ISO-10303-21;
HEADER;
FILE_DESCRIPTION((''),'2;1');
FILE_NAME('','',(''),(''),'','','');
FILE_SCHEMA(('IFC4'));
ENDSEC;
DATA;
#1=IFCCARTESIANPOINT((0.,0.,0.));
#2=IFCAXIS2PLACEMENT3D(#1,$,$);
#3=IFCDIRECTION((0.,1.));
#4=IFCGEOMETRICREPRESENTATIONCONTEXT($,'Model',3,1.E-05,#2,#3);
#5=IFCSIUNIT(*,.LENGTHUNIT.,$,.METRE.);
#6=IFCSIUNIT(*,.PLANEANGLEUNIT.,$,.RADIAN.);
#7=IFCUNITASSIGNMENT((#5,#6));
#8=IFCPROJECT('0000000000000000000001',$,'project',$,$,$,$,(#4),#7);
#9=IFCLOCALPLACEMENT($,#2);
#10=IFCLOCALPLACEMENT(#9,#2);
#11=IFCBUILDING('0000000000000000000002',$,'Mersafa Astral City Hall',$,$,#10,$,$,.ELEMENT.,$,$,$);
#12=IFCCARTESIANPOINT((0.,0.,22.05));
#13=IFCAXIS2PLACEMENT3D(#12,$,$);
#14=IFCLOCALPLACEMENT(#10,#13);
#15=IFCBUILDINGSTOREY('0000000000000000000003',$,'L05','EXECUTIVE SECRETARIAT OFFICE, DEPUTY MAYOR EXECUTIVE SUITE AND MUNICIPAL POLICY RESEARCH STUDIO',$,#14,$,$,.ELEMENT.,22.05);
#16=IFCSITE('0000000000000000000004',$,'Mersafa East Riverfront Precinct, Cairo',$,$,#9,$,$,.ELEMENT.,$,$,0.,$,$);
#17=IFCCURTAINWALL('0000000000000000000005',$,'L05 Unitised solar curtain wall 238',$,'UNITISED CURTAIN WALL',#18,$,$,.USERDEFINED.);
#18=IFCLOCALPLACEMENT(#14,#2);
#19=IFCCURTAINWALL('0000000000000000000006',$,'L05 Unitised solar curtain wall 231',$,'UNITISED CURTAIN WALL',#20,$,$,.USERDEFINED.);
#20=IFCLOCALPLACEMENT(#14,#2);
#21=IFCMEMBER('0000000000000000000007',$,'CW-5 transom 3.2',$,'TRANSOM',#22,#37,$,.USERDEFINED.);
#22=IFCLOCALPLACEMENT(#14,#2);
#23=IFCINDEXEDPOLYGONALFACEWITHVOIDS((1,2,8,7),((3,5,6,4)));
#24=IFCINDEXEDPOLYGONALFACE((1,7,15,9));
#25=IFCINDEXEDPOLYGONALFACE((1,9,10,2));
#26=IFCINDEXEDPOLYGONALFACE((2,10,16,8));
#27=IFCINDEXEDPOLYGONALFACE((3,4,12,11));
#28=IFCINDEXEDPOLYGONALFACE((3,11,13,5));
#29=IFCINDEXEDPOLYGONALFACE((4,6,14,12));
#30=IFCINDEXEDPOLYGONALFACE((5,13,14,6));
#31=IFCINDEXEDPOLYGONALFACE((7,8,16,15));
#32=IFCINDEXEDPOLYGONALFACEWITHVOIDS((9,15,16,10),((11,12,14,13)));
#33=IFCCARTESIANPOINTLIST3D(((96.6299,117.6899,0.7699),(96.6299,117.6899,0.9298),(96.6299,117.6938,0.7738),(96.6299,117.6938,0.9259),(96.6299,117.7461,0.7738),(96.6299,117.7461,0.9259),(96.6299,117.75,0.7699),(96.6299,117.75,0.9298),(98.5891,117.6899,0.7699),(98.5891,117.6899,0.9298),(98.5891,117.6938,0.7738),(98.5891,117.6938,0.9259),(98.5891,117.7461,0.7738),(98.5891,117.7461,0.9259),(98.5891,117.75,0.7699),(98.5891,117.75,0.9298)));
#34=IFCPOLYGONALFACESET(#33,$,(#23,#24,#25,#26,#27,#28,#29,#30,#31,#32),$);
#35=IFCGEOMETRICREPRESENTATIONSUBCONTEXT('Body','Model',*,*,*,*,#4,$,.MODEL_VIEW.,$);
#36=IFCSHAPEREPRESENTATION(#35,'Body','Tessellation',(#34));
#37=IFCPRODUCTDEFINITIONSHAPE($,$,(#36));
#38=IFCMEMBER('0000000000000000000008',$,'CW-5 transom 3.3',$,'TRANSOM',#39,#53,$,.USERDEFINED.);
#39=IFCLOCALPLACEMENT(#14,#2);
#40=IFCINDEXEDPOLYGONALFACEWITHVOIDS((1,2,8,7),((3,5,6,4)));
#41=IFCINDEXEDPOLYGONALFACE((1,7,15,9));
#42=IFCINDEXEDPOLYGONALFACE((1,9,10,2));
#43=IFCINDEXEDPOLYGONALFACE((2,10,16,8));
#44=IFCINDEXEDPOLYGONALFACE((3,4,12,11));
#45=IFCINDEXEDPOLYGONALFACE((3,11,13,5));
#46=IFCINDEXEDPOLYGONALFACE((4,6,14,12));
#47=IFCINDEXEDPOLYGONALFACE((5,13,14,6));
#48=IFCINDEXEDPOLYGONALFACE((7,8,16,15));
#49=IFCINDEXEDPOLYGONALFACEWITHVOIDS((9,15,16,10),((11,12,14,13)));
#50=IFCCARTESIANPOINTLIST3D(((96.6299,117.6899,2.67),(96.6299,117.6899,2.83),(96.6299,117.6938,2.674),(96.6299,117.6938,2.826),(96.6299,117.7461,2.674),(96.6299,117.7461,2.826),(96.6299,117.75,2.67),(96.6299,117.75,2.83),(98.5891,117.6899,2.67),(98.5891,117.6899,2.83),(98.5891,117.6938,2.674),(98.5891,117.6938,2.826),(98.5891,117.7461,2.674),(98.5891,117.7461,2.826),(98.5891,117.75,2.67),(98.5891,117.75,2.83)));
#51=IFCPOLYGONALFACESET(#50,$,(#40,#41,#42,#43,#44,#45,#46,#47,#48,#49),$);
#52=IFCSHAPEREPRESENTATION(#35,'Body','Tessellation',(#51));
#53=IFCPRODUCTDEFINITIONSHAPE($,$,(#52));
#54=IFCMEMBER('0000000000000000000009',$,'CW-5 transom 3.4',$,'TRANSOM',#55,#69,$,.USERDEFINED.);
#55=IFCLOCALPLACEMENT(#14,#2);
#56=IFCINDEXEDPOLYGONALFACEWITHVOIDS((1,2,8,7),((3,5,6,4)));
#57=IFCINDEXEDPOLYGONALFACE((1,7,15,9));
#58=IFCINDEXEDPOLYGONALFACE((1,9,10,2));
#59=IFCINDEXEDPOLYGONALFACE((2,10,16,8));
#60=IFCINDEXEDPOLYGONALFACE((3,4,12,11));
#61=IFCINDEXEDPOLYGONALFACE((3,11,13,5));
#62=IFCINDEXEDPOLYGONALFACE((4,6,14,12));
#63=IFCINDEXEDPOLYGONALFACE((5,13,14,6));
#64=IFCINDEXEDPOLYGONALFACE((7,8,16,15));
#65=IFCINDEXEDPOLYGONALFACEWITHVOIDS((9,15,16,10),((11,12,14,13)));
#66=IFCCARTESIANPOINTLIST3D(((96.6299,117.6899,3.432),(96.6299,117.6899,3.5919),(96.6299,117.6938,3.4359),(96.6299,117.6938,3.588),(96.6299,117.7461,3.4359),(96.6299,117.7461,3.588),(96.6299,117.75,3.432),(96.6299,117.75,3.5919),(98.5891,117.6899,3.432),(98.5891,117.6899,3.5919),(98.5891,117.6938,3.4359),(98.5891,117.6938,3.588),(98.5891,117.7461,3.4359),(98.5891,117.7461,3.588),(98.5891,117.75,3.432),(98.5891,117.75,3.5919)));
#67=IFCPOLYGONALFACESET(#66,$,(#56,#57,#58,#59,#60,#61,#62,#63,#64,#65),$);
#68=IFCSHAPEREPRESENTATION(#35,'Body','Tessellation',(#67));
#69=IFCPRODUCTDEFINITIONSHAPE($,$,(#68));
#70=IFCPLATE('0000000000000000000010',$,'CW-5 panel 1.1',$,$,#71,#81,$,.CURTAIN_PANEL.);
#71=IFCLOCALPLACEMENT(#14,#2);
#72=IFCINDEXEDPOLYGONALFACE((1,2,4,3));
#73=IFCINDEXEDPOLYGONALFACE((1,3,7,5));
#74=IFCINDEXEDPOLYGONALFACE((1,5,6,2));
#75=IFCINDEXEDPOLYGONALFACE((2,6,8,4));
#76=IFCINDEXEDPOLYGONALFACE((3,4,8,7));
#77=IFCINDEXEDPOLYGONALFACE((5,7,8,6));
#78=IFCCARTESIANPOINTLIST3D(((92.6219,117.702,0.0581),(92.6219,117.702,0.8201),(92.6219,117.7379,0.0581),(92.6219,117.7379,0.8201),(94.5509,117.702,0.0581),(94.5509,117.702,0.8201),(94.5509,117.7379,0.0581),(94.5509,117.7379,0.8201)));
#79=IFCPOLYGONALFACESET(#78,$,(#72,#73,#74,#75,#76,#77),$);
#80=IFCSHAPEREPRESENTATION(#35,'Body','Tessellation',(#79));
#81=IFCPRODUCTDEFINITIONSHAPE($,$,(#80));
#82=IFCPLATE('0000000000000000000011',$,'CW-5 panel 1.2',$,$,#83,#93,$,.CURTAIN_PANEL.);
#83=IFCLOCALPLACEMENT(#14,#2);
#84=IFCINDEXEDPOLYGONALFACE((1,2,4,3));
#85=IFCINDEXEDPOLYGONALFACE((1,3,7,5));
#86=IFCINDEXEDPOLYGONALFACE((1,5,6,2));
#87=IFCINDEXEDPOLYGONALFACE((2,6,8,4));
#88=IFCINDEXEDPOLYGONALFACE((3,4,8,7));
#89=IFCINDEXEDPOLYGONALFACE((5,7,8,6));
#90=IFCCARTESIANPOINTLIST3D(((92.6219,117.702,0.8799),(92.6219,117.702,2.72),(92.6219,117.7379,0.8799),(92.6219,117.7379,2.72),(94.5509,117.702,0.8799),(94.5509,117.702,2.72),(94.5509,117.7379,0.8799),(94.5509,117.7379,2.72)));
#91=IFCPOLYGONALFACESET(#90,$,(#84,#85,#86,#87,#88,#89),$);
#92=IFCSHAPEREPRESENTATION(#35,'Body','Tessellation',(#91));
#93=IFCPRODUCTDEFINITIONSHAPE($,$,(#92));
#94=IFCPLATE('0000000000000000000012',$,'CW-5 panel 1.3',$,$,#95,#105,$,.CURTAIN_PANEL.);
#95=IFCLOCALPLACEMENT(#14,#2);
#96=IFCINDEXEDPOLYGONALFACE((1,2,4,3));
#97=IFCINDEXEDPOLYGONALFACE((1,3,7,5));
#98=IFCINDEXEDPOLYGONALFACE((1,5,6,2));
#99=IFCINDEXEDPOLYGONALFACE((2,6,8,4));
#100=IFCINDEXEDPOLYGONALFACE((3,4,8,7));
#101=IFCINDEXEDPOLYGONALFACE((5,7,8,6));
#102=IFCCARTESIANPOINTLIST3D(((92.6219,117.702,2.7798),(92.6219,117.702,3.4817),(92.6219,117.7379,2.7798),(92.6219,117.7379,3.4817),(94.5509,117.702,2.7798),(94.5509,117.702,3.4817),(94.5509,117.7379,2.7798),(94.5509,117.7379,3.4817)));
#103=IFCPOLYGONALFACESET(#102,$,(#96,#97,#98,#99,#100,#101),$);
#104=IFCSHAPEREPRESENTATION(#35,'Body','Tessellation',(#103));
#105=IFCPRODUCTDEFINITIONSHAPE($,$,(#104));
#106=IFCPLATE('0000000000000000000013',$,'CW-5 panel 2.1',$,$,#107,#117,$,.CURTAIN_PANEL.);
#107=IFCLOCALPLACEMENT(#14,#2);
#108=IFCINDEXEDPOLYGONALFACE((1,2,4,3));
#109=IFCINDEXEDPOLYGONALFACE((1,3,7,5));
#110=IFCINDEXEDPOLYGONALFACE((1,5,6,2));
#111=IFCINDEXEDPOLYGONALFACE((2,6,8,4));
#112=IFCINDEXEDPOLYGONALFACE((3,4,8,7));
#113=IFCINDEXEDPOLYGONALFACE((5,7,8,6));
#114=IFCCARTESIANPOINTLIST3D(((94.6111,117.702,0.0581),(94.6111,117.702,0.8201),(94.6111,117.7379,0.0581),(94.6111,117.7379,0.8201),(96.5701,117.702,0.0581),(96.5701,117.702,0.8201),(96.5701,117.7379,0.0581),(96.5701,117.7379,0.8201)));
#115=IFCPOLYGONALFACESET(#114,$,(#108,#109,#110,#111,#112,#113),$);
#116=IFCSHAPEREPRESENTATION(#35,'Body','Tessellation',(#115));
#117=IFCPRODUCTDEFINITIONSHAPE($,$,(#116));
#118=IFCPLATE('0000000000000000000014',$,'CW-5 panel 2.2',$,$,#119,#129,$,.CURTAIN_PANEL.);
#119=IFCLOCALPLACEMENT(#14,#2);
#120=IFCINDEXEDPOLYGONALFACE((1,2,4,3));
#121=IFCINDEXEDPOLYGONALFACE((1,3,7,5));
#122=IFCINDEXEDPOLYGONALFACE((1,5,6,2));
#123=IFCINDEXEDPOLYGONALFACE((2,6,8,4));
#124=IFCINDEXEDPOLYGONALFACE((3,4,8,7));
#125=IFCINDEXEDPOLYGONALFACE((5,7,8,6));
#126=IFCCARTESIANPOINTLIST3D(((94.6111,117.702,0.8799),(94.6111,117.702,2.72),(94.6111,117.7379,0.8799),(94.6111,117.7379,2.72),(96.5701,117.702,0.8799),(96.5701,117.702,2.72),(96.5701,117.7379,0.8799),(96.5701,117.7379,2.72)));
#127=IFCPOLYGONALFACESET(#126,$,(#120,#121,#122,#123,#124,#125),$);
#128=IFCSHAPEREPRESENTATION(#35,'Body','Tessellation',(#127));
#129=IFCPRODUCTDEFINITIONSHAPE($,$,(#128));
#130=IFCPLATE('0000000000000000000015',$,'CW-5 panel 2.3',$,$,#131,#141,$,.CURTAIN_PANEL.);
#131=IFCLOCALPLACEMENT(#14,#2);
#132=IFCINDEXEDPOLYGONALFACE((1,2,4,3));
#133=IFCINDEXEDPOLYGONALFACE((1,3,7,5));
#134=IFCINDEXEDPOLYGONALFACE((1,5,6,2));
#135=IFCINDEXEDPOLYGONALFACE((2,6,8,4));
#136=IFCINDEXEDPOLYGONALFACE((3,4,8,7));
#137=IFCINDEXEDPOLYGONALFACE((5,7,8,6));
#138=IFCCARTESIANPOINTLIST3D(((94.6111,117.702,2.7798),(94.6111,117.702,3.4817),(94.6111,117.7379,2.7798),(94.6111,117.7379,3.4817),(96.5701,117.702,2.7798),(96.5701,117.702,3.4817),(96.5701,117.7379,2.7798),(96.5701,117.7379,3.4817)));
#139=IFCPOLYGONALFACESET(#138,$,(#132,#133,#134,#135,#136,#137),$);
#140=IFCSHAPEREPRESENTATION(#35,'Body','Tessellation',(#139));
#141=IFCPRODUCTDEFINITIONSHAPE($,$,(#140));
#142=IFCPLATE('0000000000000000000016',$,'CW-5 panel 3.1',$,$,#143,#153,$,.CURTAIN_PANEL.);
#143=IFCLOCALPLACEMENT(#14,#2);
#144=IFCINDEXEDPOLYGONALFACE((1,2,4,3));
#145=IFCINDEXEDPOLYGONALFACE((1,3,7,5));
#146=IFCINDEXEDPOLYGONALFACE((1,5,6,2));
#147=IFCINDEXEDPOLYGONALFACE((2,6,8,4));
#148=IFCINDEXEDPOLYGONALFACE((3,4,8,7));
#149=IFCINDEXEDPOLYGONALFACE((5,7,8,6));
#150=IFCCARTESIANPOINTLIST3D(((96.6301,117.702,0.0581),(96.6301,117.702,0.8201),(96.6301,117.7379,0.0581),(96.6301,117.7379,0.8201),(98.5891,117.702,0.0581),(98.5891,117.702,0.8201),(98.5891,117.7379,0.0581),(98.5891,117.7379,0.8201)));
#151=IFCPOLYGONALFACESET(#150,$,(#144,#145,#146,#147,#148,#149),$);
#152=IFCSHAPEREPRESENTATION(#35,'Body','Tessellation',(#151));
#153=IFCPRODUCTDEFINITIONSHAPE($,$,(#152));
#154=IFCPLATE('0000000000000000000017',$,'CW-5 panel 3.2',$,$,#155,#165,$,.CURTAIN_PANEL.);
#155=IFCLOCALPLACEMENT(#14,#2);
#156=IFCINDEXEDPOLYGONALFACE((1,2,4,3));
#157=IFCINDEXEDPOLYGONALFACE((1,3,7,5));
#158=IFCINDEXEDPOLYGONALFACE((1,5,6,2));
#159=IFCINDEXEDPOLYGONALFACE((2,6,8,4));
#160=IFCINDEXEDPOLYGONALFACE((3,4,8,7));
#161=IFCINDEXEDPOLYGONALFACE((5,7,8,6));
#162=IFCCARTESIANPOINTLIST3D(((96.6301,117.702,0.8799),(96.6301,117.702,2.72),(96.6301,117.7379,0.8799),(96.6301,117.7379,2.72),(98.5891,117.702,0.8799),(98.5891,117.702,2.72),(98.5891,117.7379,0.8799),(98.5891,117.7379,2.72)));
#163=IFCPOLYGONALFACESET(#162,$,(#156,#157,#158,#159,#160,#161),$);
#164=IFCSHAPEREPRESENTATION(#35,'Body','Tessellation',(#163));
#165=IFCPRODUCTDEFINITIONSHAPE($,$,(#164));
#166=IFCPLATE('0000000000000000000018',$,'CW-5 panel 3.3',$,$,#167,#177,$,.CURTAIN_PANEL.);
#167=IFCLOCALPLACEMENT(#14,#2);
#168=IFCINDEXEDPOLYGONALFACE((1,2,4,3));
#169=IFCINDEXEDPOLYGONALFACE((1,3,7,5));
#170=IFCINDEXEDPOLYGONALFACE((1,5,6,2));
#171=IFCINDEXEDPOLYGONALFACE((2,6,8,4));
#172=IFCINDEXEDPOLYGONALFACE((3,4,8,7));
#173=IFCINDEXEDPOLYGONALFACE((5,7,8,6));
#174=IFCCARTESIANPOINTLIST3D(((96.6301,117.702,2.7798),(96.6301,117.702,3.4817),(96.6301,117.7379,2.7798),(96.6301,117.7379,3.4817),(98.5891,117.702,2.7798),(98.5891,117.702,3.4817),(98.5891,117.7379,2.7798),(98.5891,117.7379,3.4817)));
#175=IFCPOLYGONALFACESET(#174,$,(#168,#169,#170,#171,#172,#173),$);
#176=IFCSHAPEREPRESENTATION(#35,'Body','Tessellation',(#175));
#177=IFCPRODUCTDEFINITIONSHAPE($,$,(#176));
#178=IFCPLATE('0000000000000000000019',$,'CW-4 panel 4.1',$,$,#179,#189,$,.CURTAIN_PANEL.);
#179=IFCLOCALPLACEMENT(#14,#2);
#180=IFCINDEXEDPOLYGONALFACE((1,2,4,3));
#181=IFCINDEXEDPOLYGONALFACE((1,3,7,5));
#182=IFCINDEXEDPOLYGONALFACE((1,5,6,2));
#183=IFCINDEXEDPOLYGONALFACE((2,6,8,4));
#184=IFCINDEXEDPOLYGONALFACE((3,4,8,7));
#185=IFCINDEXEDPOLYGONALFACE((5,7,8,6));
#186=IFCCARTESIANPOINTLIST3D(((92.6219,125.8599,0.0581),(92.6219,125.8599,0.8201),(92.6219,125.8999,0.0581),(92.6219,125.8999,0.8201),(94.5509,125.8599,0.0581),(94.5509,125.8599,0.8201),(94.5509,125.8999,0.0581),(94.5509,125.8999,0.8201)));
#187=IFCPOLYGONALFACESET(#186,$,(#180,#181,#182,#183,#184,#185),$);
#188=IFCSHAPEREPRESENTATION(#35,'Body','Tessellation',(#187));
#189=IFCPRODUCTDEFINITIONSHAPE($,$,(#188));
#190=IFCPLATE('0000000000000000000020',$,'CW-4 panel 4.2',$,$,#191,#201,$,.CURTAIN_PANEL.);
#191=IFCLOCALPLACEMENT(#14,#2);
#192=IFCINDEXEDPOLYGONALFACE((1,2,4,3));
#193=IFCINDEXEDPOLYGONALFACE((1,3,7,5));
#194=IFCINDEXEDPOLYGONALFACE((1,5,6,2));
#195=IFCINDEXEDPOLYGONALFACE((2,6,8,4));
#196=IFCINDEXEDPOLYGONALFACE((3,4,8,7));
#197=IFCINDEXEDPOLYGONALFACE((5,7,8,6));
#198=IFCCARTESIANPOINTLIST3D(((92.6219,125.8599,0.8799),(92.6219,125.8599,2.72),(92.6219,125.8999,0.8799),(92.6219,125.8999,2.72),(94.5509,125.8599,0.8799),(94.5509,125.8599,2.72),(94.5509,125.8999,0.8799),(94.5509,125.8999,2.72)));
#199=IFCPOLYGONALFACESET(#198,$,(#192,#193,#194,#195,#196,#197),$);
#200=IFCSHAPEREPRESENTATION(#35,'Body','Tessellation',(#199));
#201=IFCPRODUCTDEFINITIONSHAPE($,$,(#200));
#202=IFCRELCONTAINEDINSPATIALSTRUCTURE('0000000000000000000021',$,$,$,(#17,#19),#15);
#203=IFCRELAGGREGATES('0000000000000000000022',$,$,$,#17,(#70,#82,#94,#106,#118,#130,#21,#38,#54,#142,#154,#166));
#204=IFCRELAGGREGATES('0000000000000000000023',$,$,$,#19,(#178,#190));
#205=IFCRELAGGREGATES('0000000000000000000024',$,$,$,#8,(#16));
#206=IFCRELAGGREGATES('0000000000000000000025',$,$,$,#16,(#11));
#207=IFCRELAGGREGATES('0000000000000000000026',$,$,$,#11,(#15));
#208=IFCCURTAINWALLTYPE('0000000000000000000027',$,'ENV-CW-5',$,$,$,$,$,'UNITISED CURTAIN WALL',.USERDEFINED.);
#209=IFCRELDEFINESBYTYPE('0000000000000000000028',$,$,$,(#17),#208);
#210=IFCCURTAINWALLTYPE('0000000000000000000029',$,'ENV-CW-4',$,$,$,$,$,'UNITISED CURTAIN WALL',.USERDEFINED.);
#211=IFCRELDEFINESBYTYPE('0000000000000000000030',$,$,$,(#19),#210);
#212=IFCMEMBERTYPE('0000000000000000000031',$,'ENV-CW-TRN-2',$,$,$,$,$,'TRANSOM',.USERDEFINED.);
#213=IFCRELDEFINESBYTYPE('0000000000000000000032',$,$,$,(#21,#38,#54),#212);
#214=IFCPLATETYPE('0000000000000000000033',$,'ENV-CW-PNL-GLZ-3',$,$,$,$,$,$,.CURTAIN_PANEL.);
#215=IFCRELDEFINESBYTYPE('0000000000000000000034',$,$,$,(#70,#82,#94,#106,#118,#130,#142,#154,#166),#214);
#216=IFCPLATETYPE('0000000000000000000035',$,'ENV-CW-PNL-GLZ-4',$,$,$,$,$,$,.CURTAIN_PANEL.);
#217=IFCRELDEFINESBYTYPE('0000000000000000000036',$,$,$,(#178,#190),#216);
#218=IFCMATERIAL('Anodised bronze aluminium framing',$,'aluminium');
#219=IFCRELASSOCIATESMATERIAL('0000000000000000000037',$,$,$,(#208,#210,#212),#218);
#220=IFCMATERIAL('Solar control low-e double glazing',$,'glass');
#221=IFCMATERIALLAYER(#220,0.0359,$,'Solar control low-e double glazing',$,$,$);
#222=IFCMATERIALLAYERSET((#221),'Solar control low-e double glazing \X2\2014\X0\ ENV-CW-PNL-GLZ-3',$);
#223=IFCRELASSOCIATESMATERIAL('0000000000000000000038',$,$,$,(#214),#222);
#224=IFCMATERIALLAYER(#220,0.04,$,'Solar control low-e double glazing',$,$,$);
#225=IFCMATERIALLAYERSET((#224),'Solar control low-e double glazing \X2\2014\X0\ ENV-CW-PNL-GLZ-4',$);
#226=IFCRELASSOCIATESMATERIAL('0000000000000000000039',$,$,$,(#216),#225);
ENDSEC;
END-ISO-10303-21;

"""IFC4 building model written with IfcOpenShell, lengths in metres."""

from ifc_helpers import new_model, si_unit, direction, frame, origin, origin_2d, place, context, subcontext, project, spatial, rectangle, hollow_rectangle, extrude, material, layer, layer_set, material_profile, profile_set, type_object, element, aggregate, save


model = new_model("IFC4")

# Units and contexts
model_context = context("Model", 3, precision=1e-05, world=origin(), true_north=direction((0.0, 1.0)))
body_context = subcontext(model_context, "Body", "Model", "MODEL_VIEW")
ifc_project = project(units=[si_unit("LENGTHUNIT", "METRE"), si_unit("PLANEANGLEUNIT", "RADIAN")], contexts=[model_context])

# Site, building, storey
site_placement = place(None, origin())
site = spatial("IfcSite", under=ifc_project, at=site_placement, Name="Mersafa East Riverfront Precinct, Cairo", CompositionType="ELEMENT", RefElevation=0.0)
building_placement = place(site_placement, origin())
building = spatial("IfcBuilding", under=site, at=building_placement, Name="Mersafa Astral City Hall", CompositionType="ELEMENT")
storey_placement = place(building_placement, frame((0.0, 0.0, 22.05)))
storey = spatial("IfcBuildingStorey", under=building, at=storey_placement, Name="L05", Description="EXECUTIVE SECRETARIAT OFFICE, DEPUTY MAYOR EXECUTIVE SUITE AND MUNICIPAL POLICY RESEARCH STUDIO", CompositionType="ELEMENT", Elevation=22.05)

# Curtain wall
ifc_material_1 = material(Name="Anodised bronze aluminium framing", Category="aluminium")
curtain_wall_type_1 = type_object("IfcCurtainWallType", Name="ENV-CW-5", ElementType="UNITISED CURTAIN WALL", PredefinedType="USERDEFINED", material=ifc_material_1)
curtain_wall_1_placement = place(storey_placement, origin())
curtain_wall_1 = element("IfcCurtainWall", 1, at=curtain_wall_1_placement, inside=storey, type_object=curtain_wall_type_1, Name="L05 Unitised solar curtain wall 238", ObjectType="UNITISED CURTAIN WALL", PredefinedType="USERDEFINED")

# Curtain wall
curtain_wall_type_2 = type_object("IfcCurtainWallType", Name="ENV-CW-4", ElementType="UNITISED CURTAIN WALL", PredefinedType="USERDEFINED", material=ifc_material_1)
curtain_wall_2_placement = place(storey_placement, origin())
curtain_wall_2 = element("IfcCurtainWall", 2, at=curtain_wall_2_placement, inside=storey, type_object=curtain_wall_type_2, Name="L05 Unitised solar curtain wall 231", ObjectType="UNITISED CURTAIN WALL", PredefinedType="USERDEFINED")

# Members
ifc_material_profile_1 = material_profile(ifc_material_1, hollow_rectangle(XDim=0.0601, YDim=0.1599, WallThickness=0.0039, at=origin_2d()), Name="RHS 60x160x4")
ifc_profile_set_1 = profile_set([ifc_material_profile_1], Name="Anodised bronze aluminium framing")
member_type_1 = type_object("IfcMemberType", Name="ENV-CW-TRN-2", ElementType="TRANSOM", PredefinedType="USERDEFINED", material=ifc_profile_set_1)
member_1_placement = place(storey_placement, frame((96.6299, 117.72, 0.8499), z_axis=(1.0, 0.0, 0.0), x_axis=(0.0, 1.0, 0.0)))
member_1 = element("IfcMember", 3, at=member_1_placement, type_object=member_type_1, Name="CW-5 transom 3.2", ObjectType="TRANSOM", PredefinedType="USERDEFINED", context=body_context, shape_type="SweptSolid", body=[
    extrude(hollow_rectangle(XDim=0.0601, YDim=0.1599, WallThickness=0.0039, at=origin_2d()), origin(), (0.0, 0.0, 1.0), 1.9592),
])
member_2_placement = place(storey_placement, frame((96.6299, 117.72, 2.75), z_axis=(1.0, 0.0, 0.0), x_axis=(0.0, 1.0, 0.0)))
member_2 = element("IfcMember", 4, at=member_2_placement, type_object=member_type_1, Name="CW-5 transom 3.3", ObjectType="TRANSOM", PredefinedType="USERDEFINED", context=body_context, shape_type="SweptSolid", body=[
    extrude(hollow_rectangle(XDim=0.0601, YDim=0.1599, WallThickness=0.0039, at=origin_2d()), origin(), (0.0, 0.0, 1.0), 1.9592),
])
member_3_placement = place(storey_placement, frame((96.6299, 117.72, 3.512), z_axis=(1.0, 0.0, 0.0), x_axis=(0.0, 1.0, 0.0)))
member_3 = element("IfcMember", 5, at=member_3_placement, type_object=member_type_1, Name="CW-5 transom 3.4", ObjectType="TRANSOM", PredefinedType="USERDEFINED", context=body_context, shape_type="SweptSolid", body=[
    extrude(hollow_rectangle(XDim=0.0601, YDim=0.1599, WallThickness=0.0039, at=origin_2d()), origin(), (0.0, 0.0, 1.0), 1.9592),
])

# Plates
ifc_material_2 = material(Name="Solar control low-e double glazing", Category="glass")
ifc_layer_1 = layer(ifc_material_2, 0.0359, Name="Solar control low-e double glazing")
ifc_layer_set_1 = layer_set([ifc_layer_1], Name="Solar control low-e double glazing — ENV-CW-PNL-GLZ-3")
plate_type_1 = type_object("IfcPlateType", Name="ENV-CW-PNL-GLZ-3", PredefinedType="CURTAIN_PANEL", material=ifc_layer_set_1)
plate_1_placement = place(storey_placement, frame((93.5864, 117.72, 0.0581), z_axis=(0.0, 0.0, 1.0), x_axis=(1.0, 0.0, 0.0)))
plate_1 = element("IfcPlate", 6, at=plate_1_placement, type_object=plate_type_1, Name="CW-5 panel 1.1", PredefinedType="CURTAIN_PANEL", context=body_context, shape_type="SweptSolid", body=[
    extrude(rectangle(XDim=1.929, YDim=0.0359, at=origin_2d()), origin(), (0.0, 0.0, 1.0), 0.762),
])
plate_2_placement = place(storey_placement, frame((93.5864, 117.72, 0.8799), z_axis=(0.0, 0.0, 1.0), x_axis=(1.0, 0.0, 0.0)))
plate_2 = element("IfcPlate", 7, at=plate_2_placement, type_object=plate_type_1, Name="CW-5 panel 1.2", PredefinedType="CURTAIN_PANEL", context=body_context, shape_type="SweptSolid", body=[
    extrude(rectangle(XDim=1.929, YDim=0.0359, at=origin_2d()), origin(), (0.0, 0.0, 1.0), 1.8401),
])
plate_3_placement = place(storey_placement, frame((93.5864, 117.72, 2.7798), z_axis=(0.0, 0.0, 1.0), x_axis=(1.0, 0.0, 0.0)))
plate_3 = element("IfcPlate", 8, at=plate_3_placement, type_object=plate_type_1, Name="CW-5 panel 1.3", PredefinedType="CURTAIN_PANEL", context=body_context, shape_type="SweptSolid", body=[
    extrude(rectangle(XDim=1.929, YDim=0.0359, at=origin_2d()), origin(), (0.0, 0.0, 1.0), 0.7019),
])
plate_4_placement = place(storey_placement, frame((95.5906, 117.72, 0.0581), z_axis=(0.0, 0.0, 1.0), x_axis=(1.0, 0.0, 0.0)))
plate_4 = element("IfcPlate", 9, at=plate_4_placement, type_object=plate_type_1, Name="CW-5 panel 2.1", PredefinedType="CURTAIN_PANEL", context=body_context, shape_type="SweptSolid", body=[
    extrude(rectangle(XDim=1.959, YDim=0.0359, at=origin_2d()), origin(), (0.0, 0.0, 1.0), 0.762),
])
plate_5_placement = place(storey_placement, frame((95.5906, 117.72, 0.8799), z_axis=(0.0, 0.0, 1.0), x_axis=(1.0, 0.0, 0.0)))
plate_5 = element("IfcPlate", 10, at=plate_5_placement, type_object=plate_type_1, Name="CW-5 panel 2.2", PredefinedType="CURTAIN_PANEL", context=body_context, shape_type="SweptSolid", body=[
    extrude(rectangle(XDim=1.959, YDim=0.0359, at=origin_2d()), origin(), (0.0, 0.0, 1.0), 1.8401),
])
plate_6_placement = place(storey_placement, frame((95.5906, 117.72, 2.7798), z_axis=(0.0, 0.0, 1.0), x_axis=(1.0, 0.0, 0.0)))
plate_6 = element("IfcPlate", 11, at=plate_6_placement, type_object=plate_type_1, Name="CW-5 panel 2.3", PredefinedType="CURTAIN_PANEL", context=body_context, shape_type="SweptSolid", body=[
    extrude(rectangle(XDim=1.959, YDim=0.0359, at=origin_2d()), origin(), (0.0, 0.0, 1.0), 0.7019),
])
plate_7_placement = place(storey_placement, frame((97.6096, 117.72, 0.0581), z_axis=(0.0, 0.0, 1.0), x_axis=(1.0, 0.0, 0.0)))
plate_7 = element("IfcPlate", 12, at=plate_7_placement, type_object=plate_type_1, Name="CW-5 panel 3.1", PredefinedType="CURTAIN_PANEL", context=body_context, shape_type="SweptSolid", body=[
    extrude(rectangle(XDim=1.959, YDim=0.0359, at=origin_2d()), origin(), (0.0, 0.0, 1.0), 0.762),
])
plate_8_placement = place(storey_placement, frame((97.6096, 117.72, 0.8799), z_axis=(0.0, 0.0, 1.0), x_axis=(1.0, 0.0, 0.0)))
plate_8 = element("IfcPlate", 13, at=plate_8_placement, type_object=plate_type_1, Name="CW-5 panel 3.2", PredefinedType="CURTAIN_PANEL", context=body_context, shape_type="SweptSolid", body=[
    extrude(rectangle(XDim=1.959, YDim=0.0359, at=origin_2d()), origin(), (0.0, 0.0, 1.0), 1.8401),
])
plate_9_placement = place(storey_placement, frame((97.6096, 117.72, 2.7798), z_axis=(0.0, 0.0, 1.0), x_axis=(1.0, 0.0, 0.0)))
plate_9 = element("IfcPlate", 14, at=plate_9_placement, type_object=plate_type_1, Name="CW-5 panel 3.3", PredefinedType="CURTAIN_PANEL", context=body_context, shape_type="SweptSolid", body=[
    extrude(rectangle(XDim=1.959, YDim=0.0359, at=origin_2d()), origin(), (0.0, 0.0, 1.0), 0.7019),
])
aggregate(curtain_wall_1, [plate_1, plate_2, plate_3, plate_4, plate_5, plate_6, member_1, member_2, member_3, plate_7, plate_8, plate_9])
ifc_layer_2 = layer(ifc_material_2, 0.04, Name="Solar control low-e double glazing")
ifc_layer_set_2 = layer_set([ifc_layer_2], Name="Solar control low-e double glazing — ENV-CW-PNL-GLZ-4")
plate_type_2 = type_object("IfcPlateType", Name="ENV-CW-PNL-GLZ-4", PredefinedType="CURTAIN_PANEL", material=ifc_layer_set_2)
plate_10_placement = place(storey_placement, frame((93.5864, 125.8799, 0.0581), z_axis=(0.0, 0.0, 1.0), x_axis=(-1.0, 0.0, 0.0)))
plate_10 = element("IfcPlate", 15, at=plate_10_placement, type_object=plate_type_2, Name="CW-4 panel 4.1", PredefinedType="CURTAIN_PANEL", context=body_context, shape_type="SweptSolid", body=[
    extrude(rectangle(XDim=1.929, YDim=0.04, at=origin_2d()), origin(), (0.0, 0.0, 1.0), 0.762),
])
plate_11_placement = place(storey_placement, frame((93.5864, 125.8799, 0.8799), z_axis=(0.0, 0.0, 1.0), x_axis=(-1.0, 0.0, 0.0)))
plate_11 = element("IfcPlate", 16, at=plate_11_placement, type_object=plate_type_2, Name="CW-4 panel 4.2", PredefinedType="CURTAIN_PANEL", context=body_context, shape_type="SweptSolid", body=[
    extrude(rectangle(XDim=1.929, YDim=0.04, at=origin_2d()), origin(), (0.0, 0.0, 1.0), 1.8401),
])
aggregate(curtain_wall_2, [plate_10, plate_11])

save(model, "model.ifc")
